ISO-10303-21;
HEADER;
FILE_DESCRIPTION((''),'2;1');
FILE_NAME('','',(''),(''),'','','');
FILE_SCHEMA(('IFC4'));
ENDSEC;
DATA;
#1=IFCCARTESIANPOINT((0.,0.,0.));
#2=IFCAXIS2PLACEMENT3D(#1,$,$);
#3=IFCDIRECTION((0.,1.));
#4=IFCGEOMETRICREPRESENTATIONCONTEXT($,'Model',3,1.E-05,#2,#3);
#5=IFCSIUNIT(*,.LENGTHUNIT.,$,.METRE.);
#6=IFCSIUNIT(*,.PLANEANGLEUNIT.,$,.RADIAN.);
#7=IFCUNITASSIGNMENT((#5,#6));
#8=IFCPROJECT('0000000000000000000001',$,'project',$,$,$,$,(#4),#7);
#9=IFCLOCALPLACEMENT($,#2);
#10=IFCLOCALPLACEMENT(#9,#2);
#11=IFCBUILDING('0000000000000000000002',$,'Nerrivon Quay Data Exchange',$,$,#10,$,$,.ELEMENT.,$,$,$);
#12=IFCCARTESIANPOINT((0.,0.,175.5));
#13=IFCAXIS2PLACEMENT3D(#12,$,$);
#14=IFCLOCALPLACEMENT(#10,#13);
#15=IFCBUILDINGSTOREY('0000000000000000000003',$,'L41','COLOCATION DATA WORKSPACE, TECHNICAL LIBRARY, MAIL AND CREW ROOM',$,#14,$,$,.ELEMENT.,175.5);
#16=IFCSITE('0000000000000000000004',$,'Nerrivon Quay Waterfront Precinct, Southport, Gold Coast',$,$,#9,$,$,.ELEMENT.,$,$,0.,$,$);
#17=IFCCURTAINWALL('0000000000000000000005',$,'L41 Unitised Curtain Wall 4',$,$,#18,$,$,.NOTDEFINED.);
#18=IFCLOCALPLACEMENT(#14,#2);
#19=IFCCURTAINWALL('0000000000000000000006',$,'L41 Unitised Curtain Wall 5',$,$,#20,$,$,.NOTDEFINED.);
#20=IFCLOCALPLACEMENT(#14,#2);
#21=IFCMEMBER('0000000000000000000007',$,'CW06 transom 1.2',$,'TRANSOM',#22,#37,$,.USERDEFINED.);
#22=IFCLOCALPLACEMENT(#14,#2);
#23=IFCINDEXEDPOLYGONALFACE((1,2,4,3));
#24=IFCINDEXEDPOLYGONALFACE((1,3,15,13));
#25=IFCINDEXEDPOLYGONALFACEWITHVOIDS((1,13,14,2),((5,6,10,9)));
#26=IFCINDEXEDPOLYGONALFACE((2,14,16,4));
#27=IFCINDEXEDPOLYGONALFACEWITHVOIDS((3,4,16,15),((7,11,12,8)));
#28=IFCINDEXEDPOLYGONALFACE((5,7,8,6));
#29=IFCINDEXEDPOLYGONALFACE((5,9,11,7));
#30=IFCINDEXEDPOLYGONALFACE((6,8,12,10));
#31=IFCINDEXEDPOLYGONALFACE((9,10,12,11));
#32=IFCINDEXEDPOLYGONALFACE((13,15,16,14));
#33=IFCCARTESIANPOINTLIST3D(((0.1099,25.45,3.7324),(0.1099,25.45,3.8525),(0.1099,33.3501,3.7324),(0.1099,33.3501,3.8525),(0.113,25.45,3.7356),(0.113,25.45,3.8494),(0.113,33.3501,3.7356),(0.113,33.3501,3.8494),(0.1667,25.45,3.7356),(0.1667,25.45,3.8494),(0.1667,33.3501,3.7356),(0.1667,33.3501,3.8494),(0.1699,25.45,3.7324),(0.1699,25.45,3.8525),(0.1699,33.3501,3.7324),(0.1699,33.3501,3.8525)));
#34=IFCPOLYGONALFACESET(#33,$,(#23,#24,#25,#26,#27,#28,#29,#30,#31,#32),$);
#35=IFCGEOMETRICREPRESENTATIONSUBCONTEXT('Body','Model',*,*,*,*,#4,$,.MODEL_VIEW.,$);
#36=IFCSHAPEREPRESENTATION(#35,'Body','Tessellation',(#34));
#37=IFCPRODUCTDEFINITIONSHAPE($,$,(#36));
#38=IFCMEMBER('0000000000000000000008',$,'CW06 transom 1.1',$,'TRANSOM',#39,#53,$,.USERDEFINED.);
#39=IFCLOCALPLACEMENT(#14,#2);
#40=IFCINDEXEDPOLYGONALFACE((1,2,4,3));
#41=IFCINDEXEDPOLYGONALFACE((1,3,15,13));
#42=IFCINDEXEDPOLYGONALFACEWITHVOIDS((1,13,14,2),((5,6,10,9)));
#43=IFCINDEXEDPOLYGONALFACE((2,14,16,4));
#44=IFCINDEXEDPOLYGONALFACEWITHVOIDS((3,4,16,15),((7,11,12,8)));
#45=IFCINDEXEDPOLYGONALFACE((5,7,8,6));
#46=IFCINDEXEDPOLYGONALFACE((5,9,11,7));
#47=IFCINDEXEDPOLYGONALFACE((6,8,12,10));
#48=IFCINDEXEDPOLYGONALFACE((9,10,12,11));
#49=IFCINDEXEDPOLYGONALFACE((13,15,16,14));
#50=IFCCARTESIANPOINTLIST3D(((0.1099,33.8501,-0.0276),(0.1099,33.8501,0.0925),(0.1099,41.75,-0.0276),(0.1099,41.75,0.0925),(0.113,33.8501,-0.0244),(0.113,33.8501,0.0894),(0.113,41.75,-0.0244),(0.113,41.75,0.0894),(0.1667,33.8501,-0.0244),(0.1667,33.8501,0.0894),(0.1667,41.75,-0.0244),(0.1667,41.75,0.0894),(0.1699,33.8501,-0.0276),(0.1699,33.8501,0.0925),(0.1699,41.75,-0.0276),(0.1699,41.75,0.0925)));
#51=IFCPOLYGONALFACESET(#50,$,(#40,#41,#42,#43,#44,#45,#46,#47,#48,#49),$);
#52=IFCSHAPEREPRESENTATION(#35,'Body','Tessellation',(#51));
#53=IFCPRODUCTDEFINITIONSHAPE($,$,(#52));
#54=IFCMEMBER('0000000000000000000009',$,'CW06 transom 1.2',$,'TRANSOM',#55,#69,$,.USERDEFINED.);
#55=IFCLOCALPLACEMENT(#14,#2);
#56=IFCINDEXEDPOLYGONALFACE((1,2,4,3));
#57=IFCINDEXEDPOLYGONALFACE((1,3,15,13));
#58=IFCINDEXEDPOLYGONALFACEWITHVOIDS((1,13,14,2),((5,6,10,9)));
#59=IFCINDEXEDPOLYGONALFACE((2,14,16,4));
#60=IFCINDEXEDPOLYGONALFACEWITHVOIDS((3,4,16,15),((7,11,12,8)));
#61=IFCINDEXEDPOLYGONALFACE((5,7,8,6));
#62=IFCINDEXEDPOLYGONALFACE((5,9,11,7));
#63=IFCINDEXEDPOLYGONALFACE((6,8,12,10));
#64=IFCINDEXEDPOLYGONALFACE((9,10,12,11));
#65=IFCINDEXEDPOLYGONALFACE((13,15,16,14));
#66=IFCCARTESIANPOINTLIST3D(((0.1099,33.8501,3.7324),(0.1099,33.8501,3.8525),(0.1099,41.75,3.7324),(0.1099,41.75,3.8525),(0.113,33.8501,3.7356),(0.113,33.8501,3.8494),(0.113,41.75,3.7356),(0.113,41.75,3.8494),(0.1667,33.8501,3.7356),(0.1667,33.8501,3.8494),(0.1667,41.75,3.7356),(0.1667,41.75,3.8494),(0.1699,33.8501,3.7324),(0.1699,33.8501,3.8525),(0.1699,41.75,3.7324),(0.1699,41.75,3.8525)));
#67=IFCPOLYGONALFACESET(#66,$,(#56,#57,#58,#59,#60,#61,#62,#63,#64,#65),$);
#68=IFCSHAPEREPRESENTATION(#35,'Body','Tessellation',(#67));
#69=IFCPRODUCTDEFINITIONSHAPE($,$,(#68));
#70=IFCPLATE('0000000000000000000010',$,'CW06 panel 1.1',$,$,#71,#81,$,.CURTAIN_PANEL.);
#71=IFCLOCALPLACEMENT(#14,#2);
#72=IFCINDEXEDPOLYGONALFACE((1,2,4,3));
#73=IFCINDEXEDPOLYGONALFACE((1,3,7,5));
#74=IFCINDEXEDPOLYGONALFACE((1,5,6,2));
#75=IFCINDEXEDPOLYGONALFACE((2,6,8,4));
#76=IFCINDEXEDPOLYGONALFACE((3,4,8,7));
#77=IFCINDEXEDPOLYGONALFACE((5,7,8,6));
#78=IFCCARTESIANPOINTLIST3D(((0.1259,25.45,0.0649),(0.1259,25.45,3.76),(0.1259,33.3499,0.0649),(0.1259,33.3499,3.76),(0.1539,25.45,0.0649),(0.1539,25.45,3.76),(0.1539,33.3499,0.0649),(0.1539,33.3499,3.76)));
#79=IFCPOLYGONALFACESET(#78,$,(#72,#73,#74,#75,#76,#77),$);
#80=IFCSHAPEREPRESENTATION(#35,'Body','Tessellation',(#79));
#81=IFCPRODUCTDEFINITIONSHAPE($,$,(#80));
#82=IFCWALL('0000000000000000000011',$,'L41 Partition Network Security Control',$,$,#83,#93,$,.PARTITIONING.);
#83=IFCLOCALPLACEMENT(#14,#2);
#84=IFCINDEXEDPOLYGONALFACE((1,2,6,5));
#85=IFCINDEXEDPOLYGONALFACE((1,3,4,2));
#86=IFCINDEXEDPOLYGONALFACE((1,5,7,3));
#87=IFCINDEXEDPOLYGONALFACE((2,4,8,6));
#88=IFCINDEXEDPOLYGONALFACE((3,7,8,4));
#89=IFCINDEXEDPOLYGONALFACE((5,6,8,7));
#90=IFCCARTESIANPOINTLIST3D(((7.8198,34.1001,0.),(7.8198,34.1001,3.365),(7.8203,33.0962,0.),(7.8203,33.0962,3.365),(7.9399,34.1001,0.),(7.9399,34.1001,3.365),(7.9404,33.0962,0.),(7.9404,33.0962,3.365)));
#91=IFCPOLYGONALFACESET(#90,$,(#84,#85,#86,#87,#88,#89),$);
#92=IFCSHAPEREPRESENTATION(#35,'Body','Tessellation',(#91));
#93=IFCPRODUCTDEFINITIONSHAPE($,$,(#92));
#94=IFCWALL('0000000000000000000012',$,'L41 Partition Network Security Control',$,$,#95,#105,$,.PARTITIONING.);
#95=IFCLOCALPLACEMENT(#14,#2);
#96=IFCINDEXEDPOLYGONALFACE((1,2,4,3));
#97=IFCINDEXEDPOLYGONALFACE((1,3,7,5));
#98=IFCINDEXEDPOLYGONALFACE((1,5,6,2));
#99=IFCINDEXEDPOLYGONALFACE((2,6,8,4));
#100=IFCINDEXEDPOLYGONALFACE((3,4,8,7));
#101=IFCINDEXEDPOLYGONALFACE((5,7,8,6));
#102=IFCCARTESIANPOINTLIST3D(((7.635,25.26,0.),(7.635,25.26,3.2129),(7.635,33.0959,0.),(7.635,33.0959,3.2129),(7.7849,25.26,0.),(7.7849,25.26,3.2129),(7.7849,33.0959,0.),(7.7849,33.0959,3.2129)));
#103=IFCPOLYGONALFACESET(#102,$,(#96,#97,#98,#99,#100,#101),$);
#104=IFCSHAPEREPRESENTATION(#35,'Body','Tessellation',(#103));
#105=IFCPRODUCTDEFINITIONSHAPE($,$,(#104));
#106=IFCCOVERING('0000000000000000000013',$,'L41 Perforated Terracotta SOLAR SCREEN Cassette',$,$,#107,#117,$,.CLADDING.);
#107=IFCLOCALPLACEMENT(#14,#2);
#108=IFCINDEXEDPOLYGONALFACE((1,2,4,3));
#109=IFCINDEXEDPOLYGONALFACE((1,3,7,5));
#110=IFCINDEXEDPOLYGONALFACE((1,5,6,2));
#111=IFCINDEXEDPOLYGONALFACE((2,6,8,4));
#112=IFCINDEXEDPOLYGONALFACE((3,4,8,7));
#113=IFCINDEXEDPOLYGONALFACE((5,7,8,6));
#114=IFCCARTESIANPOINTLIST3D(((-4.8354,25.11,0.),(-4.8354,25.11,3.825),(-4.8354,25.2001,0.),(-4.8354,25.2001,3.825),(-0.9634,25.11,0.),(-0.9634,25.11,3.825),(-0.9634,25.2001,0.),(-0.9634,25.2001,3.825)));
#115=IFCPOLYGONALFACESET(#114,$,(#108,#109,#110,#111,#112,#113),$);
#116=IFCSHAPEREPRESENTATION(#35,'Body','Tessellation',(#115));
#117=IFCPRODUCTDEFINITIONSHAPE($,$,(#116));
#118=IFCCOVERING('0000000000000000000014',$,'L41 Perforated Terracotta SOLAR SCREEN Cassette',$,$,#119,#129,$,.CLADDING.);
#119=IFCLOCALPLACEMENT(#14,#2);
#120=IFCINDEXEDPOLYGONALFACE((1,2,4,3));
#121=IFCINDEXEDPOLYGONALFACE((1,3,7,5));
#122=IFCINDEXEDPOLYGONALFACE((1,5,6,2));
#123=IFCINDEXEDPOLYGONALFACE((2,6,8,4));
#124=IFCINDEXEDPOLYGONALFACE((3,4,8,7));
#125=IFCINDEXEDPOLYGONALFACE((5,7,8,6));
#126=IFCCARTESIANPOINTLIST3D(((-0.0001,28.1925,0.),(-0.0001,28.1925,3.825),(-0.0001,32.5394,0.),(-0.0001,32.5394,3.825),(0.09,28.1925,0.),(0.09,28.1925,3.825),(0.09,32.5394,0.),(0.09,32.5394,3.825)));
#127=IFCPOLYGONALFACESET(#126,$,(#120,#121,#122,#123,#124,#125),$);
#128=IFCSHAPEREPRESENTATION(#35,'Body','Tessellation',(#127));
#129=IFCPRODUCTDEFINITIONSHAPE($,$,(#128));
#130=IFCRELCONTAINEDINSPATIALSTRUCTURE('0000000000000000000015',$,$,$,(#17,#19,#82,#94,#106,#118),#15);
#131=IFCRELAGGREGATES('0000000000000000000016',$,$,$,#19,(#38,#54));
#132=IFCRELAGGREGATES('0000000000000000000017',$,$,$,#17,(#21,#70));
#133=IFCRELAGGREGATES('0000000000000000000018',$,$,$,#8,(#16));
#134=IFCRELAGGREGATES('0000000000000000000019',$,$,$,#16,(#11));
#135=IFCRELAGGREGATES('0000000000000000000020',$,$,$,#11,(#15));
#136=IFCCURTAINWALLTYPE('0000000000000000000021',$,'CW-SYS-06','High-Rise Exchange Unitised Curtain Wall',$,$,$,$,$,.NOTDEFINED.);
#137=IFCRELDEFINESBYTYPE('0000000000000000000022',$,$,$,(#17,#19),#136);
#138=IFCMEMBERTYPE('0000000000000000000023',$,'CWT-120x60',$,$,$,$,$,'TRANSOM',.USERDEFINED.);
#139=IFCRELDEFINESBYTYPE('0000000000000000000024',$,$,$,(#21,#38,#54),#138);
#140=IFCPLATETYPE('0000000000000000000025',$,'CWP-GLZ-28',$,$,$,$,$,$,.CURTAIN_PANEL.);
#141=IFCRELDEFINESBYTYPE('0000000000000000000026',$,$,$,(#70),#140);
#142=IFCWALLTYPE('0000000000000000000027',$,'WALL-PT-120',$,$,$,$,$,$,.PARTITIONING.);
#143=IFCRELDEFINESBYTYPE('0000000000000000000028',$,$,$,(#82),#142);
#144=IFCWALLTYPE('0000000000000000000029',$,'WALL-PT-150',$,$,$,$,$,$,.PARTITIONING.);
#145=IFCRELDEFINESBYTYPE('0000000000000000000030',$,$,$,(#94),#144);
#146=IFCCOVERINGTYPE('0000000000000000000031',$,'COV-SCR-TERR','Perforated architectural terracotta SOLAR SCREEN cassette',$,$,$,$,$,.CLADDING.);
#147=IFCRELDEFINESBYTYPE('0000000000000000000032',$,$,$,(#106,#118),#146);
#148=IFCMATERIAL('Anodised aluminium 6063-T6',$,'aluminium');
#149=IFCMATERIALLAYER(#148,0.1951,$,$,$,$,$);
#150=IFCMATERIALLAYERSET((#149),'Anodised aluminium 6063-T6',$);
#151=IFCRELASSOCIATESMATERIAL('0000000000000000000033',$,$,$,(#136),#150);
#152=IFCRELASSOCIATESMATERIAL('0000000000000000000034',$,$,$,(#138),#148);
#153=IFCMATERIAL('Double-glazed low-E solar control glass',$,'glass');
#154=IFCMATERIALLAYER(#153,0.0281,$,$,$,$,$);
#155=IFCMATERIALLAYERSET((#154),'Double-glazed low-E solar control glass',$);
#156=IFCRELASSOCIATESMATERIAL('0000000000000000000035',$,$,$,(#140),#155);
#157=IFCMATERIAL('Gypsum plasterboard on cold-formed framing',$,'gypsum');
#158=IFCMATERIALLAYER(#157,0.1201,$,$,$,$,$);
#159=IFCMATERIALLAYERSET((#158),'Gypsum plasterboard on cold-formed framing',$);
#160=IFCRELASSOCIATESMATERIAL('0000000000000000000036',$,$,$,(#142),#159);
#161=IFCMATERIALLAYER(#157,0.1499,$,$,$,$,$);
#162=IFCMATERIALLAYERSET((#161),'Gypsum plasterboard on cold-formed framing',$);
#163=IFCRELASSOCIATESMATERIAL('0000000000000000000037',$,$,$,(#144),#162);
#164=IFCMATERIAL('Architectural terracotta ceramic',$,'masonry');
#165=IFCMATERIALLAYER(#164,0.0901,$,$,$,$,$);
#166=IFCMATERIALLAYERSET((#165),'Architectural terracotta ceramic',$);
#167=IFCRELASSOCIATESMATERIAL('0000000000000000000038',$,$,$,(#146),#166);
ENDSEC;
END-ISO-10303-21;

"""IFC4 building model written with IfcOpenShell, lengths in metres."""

from ifc_helpers import new_model, si_unit, direction, frame, frame_2d, origin, origin_2d, place, context, subcontext, project, spatial, rectangle, hollow_rectangle, extrude, material, layer, layer_set, material_profile, profile_set, type_object, element, aggregate, save


model = new_model("IFC4")

# Units and contexts
model_context = context("Model", 3, precision=1e-05, world=origin(), true_north=direction((0.0, 1.0)))
body_context = subcontext(model_context, "Body", "Model", "MODEL_VIEW")
ifc_project = project(units=[si_unit("LENGTHUNIT", "METRE"), si_unit("PLANEANGLEUNIT", "RADIAN")], contexts=[model_context])

# Site, building, storey
site_placement = place(None, origin())
site = spatial("IfcSite", under=ifc_project, at=site_placement, Name="Nerrivon Quay Waterfront Precinct, Southport, Gold Coast", CompositionType="ELEMENT", RefElevation=0.0)
building_placement = place(site_placement, origin())
building = spatial("IfcBuilding", under=site, at=building_placement, Name="Nerrivon Quay Data Exchange", CompositionType="ELEMENT")
storey_placement = place(building_placement, frame((0.0, 0.0, 175.5)))
storey = spatial("IfcBuildingStorey", under=building, at=storey_placement, Name="L41", Description="COLOCATION DATA WORKSPACE, TECHNICAL LIBRARY, MAIL AND CREW ROOM", CompositionType="ELEMENT", Elevation=175.5)

# Shared definitions
ifc_material_1 = material(Name="Anodised aluminium 6063-T6", Category="aluminium")

# Curtain wall
ifc_layer_1 = layer(ifc_material_1, 0.1951)
ifc_layer_set_1 = layer_set([ifc_layer_1], Name="Anodised aluminium 6063-T6")
curtain_wall_type_1 = type_object("IfcCurtainWallType", Name="CW-SYS-06", Description="High-Rise Exchange Unitised Curtain Wall", PredefinedType="NOTDEFINED", material=ifc_layer_set_1)
curtain_wall_1_placement = place(storey_placement, origin())
curtain_wall_1 = element("IfcCurtainWall", 1, at=curtain_wall_1_placement, inside=storey, type_object=curtain_wall_type_1, Name="L41 Unitised Curtain Wall 4", PredefinedType="NOTDEFINED")

# Curtain wall
curtain_wall_2_placement = place(storey_placement, origin())
curtain_wall_2 = element("IfcCurtainWall", 2, at=curtain_wall_2_placement, inside=storey, type_object=curtain_wall_type_1, Name="L41 Unitised Curtain Wall 5", PredefinedType="NOTDEFINED")

# Members
ifc_material_profile_1 = material_profile(ifc_material_1, hollow_rectangle(XDim=0.0601, YDim=0.1201, WallThickness=0.0032, at=origin_2d()), Name="ALU-TRAN-120x60")
ifc_profile_set_1 = profile_set([ifc_material_profile_1], Name="Anodised aluminium 6063-T6")
member_type_1 = type_object("IfcMemberType", Name="CWT-120x60", ElementType="TRANSOM", PredefinedType="USERDEFINED", material=ifc_profile_set_1)
member_1_placement = place(storey_placement, frame((0.1399, 25.45, 3.7925), z_axis=(0.0, 1.0, 0.0), x_axis=(-1.0, 0.0, 0.0)))
member_1 = element("IfcMember", 3, at=member_1_placement, type_object=member_type_1, Name="CW06 transom 1.2", ObjectType="TRANSOM", PredefinedType="USERDEFINED", context=body_context, shape_type="SweptSolid", body=[
    extrude(hollow_rectangle(XDim=0.0601, YDim=0.1201, WallThickness=0.0032, at=origin_2d()), origin(), (0.0, 0.0, 1.0), 7.9001),
])
member_2_placement = place(storey_placement, frame((0.1399, 33.8501, 0.0325), z_axis=(0.0, 1.0, 0.0), x_axis=(-1.0, 0.0, 0.0)))
member_2 = element("IfcMember", 4, at=member_2_placement, type_object=member_type_1, Name="CW06 transom 1.1", ObjectType="TRANSOM", PredefinedType="USERDEFINED", context=body_context, shape_type="SweptSolid", body=[
    extrude(hollow_rectangle(XDim=0.0601, YDim=0.1201, WallThickness=0.0032, at=origin_2d()), origin(), (0.0, 0.0, 1.0), 7.8999),
])
member_3_placement = place(storey_placement, frame((0.1399, 33.8501, 3.7925), z_axis=(0.0, 1.0, 0.0), x_axis=(-1.0, 0.0, 0.0)))
member_3 = element("IfcMember", 5, at=member_3_placement, type_object=member_type_1, Name="CW06 transom 1.2", ObjectType="TRANSOM", PredefinedType="USERDEFINED", context=body_context, shape_type="SweptSolid", body=[
    extrude(hollow_rectangle(XDim=0.0601, YDim=0.1201, WallThickness=0.0032, at=origin_2d()), origin(), (0.0, 0.0, 1.0), 7.8999),
])
aggregate(curtain_wall_2, [member_2, member_3])

# Plate
ifc_material_2 = material(Name="Double-glazed low-E solar control glass", Category="glass")
ifc_layer_2 = layer(ifc_material_2, 0.0281)
ifc_layer_set_2 = layer_set([ifc_layer_2], Name="Double-glazed low-E solar control glass")
plate_type = type_object("IfcPlateType", Name="CWP-GLZ-28", PredefinedType="CURTAIN_PANEL", material=ifc_layer_set_2)
plate_placement = place(storey_placement, frame((0.1399, 29.3999, 0.0649), z_axis=(0.0, 0.0, 1.0), x_axis=(0.0, 1.0, 0.0)))
plate = element("IfcPlate", 6, at=plate_placement, type_object=plate_type, Name="CW06 panel 1.1", PredefinedType="CURTAIN_PANEL", context=body_context, shape_type="SweptSolid", body=[
    extrude(rectangle(XDim=7.8999, YDim=0.0281, at=origin_2d()), origin(), (0.0, 0.0, 1.0), 3.6951),
])
aggregate(curtain_wall_1, [member_1, plate])

# Walls
ifc_material_3 = material(Name="Gypsum plasterboard on cold-formed framing", Category="gypsum")
ifc_layer_3 = layer(ifc_material_3, 0.1201)
ifc_layer_set_3 = layer_set([ifc_layer_3], Name="Gypsum plasterboard on cold-formed framing")
wall_type_1 = type_object("IfcWallType", Name="WALL-PT-120", PredefinedType="PARTITIONING", material=ifc_layer_set_3)
wall_1_placement = place(storey_placement, frame((7.8804, 33.0962, 0.0), z_axis=(0.0, 0.0, 1.0), x_axis=(-0.000486, 1.0, 0.0)))
element("IfcWall", 7, at=wall_1_placement, inside=storey, type_object=wall_type_1, Name="L41 Partition Network Security Control", PredefinedType="PARTITIONING", context=body_context, shape_type="SweptSolid", body=[
    extrude(rectangle(XDim=1.0039, YDim=0.1201, at=frame_2d((0.502, 0.0))), origin(), (0.0, 0.0, 1.0), 3.365),
])
ifc_layer_4 = layer(ifc_material_3, 0.1499)
ifc_layer_set_4 = layer_set([ifc_layer_4], Name="Gypsum plasterboard on cold-formed framing")
wall_type_2 = type_object("IfcWallType", Name="WALL-PT-150", PredefinedType="PARTITIONING", material=ifc_layer_set_4)
wall_2_placement = place(storey_placement, frame((7.71, 33.0959, 0.0), z_axis=(0.0, 0.0, 1.0), x_axis=(0.0, -1.0, 0.0)))
element("IfcWall", 8, at=wall_2_placement, inside=storey, type_object=wall_type_2, Name="L41 Partition Network Security Control", PredefinedType="PARTITIONING", context=body_context, shape_type="SweptSolid", body=[
    extrude(rectangle(XDim=7.8359, YDim=0.1499, at=frame_2d((3.918, 0.0))), origin(), (0.0, 0.0, 1.0), 3.2129),
])

# Coverings
ifc_material_4 = material(Name="Architectural terracotta ceramic", Category="masonry")
ifc_layer_5 = layer(ifc_material_4, 0.0901)
ifc_layer_set_5 = layer_set([ifc_layer_5], Name="Architectural terracotta ceramic")
covering_type = type_object("IfcCoveringType", Name="COV-SCR-TERR", Description="Perforated architectural terracotta SOLAR SCREEN cassette", PredefinedType="CLADDING", material=ifc_layer_set_5)
covering_1_placement = place(storey_placement, frame((-2.8994, 25.155, 0.0), z_axis=(0.0, 0.0, 1.0), x_axis=(1.0, 0.0, 0.0)))
element("IfcCovering", 9, at=covering_1_placement, inside=storey, type_object=covering_type, Name="L41 Perforated Terracotta SOLAR SCREEN Cassette", PredefinedType="CLADDING", context=body_context, shape_type="SweptSolid", body=[
    extrude(rectangle(XDim=3.8721, YDim=0.0901, at=origin_2d()), origin(), (0.0, 0.0, 1.0), 3.825),
])
covering_2_placement = place(storey_placement, frame((0.0449, 30.366, 0.0), z_axis=(0.0, 0.0, 1.0), x_axis=(0.0, 1.0, 0.0)))
element("IfcCovering", 10, at=covering_2_placement, inside=storey, type_object=covering_type, Name="L41 Perforated Terracotta SOLAR SCREEN Cassette", PredefinedType="CLADDING", context=body_context, shape_type="SweptSolid", body=[
    extrude(rectangle(XDim=4.3469, YDim=0.0901, at=origin_2d()), origin(), (0.0, 0.0, 1.0), 3.825),
])

save(model, "model.ifc")
